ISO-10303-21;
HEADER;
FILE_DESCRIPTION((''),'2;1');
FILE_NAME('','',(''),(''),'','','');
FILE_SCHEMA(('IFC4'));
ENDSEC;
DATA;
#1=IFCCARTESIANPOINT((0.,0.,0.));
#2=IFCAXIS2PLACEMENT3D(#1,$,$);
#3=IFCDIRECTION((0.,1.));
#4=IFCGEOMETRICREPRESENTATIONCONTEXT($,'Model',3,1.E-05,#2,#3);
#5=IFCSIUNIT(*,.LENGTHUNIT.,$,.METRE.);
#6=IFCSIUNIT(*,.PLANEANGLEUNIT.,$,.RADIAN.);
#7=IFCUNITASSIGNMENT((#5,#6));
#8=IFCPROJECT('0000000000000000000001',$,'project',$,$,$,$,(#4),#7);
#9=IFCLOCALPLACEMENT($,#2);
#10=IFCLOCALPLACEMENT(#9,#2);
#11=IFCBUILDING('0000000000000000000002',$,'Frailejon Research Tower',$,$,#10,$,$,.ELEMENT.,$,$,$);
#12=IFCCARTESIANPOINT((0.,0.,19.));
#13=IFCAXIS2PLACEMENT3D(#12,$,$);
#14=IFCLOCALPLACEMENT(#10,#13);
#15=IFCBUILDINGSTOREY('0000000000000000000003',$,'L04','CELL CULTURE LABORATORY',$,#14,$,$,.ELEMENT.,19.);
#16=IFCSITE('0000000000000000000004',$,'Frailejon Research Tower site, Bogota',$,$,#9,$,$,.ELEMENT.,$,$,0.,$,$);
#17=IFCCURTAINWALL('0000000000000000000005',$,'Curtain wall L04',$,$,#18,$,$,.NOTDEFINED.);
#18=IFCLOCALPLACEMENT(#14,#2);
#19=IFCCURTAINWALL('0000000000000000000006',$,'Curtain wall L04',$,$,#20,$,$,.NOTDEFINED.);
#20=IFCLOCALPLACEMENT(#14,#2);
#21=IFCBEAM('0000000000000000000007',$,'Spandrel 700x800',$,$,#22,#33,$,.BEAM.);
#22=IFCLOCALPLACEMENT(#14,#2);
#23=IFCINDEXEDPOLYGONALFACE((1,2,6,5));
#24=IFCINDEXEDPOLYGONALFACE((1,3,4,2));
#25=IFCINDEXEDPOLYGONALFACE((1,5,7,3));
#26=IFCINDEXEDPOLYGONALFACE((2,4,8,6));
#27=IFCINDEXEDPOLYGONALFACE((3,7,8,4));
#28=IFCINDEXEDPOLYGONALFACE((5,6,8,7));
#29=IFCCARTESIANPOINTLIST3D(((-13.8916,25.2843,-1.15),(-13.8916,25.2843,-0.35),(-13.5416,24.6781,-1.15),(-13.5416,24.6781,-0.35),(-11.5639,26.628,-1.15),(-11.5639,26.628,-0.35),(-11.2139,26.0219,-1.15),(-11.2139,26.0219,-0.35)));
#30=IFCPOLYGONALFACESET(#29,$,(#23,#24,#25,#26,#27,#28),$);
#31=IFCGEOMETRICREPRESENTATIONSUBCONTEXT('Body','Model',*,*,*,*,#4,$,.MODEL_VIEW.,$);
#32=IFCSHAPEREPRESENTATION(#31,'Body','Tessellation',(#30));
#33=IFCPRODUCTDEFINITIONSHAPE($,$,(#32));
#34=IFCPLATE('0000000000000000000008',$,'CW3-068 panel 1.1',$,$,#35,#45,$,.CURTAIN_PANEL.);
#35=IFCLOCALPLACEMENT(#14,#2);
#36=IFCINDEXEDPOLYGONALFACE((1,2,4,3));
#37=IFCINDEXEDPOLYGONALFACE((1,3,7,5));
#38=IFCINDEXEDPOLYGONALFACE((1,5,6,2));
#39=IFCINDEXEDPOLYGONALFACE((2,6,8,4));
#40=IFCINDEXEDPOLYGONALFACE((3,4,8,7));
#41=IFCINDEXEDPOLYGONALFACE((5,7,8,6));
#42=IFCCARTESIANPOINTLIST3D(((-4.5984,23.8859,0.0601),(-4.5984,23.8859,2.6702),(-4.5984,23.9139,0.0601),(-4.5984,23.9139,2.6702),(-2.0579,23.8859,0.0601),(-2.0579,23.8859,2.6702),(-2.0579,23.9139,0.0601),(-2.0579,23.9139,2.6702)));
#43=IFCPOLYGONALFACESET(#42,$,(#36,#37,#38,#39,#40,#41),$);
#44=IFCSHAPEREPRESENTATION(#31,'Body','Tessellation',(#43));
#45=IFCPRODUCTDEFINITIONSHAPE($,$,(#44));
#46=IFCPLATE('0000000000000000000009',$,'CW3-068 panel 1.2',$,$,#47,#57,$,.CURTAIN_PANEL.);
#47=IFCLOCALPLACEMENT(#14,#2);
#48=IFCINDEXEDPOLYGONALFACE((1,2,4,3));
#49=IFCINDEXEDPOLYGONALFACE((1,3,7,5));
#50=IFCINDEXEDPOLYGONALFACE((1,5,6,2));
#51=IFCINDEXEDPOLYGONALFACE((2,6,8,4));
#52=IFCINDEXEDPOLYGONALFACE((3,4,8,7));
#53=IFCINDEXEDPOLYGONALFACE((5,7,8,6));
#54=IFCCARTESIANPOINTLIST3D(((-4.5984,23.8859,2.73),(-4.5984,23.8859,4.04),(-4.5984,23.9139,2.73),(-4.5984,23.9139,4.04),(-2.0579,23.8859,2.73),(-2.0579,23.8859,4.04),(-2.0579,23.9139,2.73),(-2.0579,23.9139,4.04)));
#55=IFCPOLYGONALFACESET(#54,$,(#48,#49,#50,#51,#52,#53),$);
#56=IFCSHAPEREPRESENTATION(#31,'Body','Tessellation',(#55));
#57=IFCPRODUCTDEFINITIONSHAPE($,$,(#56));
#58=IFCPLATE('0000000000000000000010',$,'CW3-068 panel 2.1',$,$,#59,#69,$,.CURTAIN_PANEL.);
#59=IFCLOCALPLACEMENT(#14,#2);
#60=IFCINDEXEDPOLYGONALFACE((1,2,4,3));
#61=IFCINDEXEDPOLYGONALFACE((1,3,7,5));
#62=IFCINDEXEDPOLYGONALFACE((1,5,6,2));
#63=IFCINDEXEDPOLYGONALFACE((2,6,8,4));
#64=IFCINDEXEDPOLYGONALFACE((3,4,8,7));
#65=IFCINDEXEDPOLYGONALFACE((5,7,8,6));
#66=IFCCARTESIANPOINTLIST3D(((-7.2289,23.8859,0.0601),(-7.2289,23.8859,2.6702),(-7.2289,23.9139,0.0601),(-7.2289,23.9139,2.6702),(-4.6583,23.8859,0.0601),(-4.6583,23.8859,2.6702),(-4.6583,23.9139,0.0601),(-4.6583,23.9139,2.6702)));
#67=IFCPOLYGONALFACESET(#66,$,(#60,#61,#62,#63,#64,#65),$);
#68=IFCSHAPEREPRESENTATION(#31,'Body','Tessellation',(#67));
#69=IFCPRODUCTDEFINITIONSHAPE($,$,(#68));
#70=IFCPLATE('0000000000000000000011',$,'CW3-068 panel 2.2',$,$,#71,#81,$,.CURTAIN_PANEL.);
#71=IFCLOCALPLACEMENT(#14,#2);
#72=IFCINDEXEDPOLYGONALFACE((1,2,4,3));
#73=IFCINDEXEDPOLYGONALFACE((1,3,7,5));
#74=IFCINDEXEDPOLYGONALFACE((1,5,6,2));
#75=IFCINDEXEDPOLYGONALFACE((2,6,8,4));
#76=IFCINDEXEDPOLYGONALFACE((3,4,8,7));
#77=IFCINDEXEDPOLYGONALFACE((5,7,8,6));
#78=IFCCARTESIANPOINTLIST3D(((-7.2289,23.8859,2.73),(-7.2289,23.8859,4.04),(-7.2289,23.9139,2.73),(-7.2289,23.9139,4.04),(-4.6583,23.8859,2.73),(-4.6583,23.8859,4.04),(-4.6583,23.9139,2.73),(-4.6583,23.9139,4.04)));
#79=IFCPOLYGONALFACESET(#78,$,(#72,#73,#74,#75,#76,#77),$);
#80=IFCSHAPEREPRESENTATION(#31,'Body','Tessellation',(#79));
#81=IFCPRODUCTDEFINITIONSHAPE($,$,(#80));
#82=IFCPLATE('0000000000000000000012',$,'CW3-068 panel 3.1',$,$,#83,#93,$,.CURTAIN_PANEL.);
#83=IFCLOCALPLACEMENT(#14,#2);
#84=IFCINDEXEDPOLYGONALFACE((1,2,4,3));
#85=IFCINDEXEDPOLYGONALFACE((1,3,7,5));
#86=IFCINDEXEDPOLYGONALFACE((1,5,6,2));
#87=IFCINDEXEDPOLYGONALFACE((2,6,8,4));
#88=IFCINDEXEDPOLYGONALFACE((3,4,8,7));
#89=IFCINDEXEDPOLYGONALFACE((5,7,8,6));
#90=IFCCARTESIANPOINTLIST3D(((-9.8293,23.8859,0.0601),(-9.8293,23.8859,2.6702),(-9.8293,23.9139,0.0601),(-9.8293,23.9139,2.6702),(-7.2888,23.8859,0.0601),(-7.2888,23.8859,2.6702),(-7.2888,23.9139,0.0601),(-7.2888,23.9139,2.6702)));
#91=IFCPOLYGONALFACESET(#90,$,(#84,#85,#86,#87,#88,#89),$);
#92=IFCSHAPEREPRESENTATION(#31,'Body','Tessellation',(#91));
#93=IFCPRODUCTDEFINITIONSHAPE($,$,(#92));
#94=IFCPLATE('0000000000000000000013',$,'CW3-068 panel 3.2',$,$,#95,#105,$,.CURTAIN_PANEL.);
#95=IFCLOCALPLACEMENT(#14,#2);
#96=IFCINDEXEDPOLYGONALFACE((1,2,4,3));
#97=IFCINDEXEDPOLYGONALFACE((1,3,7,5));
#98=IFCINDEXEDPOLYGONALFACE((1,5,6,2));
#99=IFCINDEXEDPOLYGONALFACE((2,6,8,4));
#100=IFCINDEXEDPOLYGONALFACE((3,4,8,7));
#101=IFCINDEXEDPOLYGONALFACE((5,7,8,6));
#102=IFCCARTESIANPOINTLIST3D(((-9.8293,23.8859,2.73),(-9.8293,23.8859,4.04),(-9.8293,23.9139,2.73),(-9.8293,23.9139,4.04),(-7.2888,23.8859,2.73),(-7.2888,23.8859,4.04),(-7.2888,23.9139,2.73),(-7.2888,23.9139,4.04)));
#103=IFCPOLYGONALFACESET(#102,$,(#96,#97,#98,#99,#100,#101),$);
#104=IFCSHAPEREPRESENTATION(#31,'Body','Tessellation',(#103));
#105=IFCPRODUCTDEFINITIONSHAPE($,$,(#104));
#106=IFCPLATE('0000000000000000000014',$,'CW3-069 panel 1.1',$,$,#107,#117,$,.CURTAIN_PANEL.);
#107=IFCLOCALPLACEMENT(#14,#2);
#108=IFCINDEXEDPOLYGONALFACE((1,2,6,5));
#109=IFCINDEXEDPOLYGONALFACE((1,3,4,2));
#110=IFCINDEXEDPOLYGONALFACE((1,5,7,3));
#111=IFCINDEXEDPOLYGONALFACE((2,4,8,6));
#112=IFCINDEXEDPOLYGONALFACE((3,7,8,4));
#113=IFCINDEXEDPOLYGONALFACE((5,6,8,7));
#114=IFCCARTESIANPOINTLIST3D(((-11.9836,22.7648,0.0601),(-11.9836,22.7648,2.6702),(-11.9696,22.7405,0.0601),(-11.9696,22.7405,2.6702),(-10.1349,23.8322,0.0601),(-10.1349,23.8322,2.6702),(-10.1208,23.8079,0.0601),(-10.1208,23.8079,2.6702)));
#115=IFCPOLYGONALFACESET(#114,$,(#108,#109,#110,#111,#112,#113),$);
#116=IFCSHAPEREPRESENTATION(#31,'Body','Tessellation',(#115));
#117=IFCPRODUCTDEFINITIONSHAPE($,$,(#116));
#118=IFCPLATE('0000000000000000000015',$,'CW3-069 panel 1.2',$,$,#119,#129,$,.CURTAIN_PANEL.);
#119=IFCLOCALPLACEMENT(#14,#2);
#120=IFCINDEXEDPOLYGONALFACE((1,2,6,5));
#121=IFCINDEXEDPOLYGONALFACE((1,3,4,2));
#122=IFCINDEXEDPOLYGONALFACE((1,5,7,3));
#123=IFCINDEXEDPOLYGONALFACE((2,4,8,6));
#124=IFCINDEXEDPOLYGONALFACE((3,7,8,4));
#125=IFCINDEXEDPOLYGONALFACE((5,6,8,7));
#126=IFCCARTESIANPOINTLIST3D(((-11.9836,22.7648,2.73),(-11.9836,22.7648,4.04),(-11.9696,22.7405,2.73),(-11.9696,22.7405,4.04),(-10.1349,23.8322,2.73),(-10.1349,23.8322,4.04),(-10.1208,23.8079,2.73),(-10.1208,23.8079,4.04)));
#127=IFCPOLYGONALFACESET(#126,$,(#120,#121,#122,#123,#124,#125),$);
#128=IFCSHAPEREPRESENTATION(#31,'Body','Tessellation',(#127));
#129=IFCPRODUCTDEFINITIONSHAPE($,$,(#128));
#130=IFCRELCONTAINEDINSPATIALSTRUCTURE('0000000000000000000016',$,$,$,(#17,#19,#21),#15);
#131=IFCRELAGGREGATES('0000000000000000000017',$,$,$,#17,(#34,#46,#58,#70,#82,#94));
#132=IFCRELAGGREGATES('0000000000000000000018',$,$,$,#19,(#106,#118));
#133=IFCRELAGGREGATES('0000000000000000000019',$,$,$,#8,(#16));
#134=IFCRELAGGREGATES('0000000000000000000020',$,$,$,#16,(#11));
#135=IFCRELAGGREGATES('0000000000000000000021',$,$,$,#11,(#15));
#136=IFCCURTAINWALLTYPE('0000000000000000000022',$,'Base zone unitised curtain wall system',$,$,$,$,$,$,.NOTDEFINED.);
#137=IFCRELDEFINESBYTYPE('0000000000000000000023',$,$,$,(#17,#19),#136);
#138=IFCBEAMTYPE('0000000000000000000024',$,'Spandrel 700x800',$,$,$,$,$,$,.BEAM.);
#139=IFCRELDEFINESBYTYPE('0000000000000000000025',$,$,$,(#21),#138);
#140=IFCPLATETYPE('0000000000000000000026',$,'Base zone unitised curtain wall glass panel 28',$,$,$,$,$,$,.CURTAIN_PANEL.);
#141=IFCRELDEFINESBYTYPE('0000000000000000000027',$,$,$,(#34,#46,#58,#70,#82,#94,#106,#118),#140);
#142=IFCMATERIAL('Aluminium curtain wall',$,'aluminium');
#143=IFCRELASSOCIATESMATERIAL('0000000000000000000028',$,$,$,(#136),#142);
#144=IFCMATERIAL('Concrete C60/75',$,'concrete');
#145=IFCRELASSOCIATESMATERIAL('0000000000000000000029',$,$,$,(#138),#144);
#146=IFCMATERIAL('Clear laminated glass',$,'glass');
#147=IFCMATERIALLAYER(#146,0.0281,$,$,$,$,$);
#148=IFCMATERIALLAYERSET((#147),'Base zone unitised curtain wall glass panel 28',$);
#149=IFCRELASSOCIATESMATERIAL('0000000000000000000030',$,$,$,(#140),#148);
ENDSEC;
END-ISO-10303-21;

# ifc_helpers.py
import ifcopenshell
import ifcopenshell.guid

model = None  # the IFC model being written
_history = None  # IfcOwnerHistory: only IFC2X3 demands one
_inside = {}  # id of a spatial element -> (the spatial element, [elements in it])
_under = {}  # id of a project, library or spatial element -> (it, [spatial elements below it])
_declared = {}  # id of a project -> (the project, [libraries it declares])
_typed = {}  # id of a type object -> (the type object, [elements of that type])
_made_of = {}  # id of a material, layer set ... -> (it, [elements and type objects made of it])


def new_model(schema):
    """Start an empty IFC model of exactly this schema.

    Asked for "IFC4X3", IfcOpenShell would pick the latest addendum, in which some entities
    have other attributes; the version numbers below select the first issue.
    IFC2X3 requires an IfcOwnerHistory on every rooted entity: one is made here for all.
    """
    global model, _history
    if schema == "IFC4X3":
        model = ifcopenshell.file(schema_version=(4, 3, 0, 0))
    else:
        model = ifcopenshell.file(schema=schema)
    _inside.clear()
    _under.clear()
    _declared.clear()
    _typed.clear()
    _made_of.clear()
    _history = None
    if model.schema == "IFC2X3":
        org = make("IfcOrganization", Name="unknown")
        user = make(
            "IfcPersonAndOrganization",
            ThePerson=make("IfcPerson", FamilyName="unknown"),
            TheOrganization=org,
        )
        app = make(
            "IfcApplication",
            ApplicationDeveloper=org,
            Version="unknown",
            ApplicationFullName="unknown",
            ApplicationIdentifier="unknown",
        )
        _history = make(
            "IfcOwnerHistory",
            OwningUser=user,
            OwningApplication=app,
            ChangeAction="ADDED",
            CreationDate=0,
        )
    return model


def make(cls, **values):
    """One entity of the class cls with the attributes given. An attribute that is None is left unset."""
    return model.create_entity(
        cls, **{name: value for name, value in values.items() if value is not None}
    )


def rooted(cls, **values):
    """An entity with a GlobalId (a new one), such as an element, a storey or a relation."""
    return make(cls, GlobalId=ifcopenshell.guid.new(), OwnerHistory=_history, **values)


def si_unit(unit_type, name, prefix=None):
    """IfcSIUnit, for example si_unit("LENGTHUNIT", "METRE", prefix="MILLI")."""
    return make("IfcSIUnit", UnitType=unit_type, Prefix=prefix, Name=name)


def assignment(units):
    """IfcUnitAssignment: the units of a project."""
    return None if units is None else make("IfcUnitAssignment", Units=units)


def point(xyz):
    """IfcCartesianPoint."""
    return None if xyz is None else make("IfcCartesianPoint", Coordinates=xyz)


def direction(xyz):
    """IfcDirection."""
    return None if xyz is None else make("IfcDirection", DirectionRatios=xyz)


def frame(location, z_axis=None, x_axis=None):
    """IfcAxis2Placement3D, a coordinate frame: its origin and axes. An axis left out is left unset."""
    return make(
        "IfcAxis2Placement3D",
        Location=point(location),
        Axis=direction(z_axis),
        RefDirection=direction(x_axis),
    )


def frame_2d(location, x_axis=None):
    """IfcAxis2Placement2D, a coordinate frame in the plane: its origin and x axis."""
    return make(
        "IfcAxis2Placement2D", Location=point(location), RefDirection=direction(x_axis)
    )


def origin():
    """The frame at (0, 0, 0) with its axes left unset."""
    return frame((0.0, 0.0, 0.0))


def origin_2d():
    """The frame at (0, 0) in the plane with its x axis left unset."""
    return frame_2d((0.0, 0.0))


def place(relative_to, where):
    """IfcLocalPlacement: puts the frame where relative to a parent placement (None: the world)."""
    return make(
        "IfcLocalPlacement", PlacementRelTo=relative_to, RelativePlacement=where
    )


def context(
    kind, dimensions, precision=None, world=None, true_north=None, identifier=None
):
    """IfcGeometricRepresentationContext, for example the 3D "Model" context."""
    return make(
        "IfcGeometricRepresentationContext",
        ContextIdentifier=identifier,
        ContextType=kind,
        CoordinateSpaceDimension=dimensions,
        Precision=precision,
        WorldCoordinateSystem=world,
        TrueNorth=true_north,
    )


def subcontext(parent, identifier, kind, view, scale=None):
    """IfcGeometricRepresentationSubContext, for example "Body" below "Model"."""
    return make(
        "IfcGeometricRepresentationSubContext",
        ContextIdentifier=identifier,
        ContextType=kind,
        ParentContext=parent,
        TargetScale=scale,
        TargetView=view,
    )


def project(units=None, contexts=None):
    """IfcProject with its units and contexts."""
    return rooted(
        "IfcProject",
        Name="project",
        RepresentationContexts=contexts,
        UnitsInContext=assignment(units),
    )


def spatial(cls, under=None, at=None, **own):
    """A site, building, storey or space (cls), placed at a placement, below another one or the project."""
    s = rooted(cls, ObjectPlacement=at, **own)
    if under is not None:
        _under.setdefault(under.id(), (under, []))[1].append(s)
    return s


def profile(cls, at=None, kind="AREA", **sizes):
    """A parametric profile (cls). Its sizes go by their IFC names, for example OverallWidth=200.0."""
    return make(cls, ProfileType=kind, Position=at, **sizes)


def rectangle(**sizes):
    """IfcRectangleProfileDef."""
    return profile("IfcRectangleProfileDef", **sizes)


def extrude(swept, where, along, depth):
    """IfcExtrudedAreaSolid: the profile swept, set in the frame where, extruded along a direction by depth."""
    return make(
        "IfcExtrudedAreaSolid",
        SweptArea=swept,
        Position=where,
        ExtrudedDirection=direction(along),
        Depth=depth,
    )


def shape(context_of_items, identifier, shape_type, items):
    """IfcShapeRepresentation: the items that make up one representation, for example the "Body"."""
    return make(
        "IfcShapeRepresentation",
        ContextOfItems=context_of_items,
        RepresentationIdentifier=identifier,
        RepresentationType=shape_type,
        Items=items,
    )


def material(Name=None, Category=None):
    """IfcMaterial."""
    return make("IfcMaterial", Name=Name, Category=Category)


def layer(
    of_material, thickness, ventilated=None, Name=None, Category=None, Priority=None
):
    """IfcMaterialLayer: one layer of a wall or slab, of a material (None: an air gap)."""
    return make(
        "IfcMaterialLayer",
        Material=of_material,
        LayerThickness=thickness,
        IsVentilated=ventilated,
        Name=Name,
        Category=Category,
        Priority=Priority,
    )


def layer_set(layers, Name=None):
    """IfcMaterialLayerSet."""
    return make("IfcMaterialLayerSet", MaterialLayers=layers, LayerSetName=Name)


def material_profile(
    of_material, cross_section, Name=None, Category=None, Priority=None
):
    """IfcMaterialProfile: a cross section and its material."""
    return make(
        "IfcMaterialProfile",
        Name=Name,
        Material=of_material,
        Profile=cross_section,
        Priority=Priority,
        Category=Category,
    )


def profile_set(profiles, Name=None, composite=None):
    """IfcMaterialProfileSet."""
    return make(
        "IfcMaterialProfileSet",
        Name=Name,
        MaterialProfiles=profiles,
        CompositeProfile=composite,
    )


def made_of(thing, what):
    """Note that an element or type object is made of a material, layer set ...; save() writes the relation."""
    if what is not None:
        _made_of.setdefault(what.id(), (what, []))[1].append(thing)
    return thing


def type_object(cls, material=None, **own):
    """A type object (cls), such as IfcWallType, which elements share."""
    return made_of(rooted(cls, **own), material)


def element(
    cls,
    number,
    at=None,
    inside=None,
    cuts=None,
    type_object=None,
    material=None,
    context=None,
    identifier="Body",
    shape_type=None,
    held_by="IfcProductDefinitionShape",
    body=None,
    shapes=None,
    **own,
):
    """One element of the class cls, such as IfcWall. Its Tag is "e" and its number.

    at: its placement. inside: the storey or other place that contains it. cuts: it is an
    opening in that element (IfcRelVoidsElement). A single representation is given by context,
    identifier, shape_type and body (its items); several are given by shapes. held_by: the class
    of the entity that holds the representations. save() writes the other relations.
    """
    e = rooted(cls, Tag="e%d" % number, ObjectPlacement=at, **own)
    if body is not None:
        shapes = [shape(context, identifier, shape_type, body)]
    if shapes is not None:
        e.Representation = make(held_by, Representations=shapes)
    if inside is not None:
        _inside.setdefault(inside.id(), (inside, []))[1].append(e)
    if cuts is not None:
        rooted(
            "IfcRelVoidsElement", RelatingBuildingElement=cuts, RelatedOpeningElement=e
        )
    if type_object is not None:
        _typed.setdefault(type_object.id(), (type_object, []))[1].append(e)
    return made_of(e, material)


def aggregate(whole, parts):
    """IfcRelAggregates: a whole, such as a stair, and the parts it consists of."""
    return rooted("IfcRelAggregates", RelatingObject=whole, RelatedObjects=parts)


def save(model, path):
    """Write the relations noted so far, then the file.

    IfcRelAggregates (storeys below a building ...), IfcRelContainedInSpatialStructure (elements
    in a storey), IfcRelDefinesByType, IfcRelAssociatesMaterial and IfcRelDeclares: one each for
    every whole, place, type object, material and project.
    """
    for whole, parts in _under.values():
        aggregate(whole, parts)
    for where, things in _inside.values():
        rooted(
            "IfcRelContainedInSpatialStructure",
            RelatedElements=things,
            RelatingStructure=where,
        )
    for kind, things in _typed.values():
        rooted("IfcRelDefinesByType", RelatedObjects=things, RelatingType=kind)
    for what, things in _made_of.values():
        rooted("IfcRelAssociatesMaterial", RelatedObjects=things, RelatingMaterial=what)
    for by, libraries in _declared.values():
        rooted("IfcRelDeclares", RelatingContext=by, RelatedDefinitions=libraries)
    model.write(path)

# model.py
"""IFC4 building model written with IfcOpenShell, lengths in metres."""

from ifc_helpers import new_model, si_unit, direction, frame, origin, origin_2d, place, context, subcontext, project, spatial, rectangle, extrude, material, layer, layer_set, material_profile, profile_set, type_object, element, aggregate, save


model = new_model("IFC4")

# Units and contexts
model_context = context("Model", 3, precision=1e-05, world=origin(), true_north=direction((0.0, 1.0)))
body_context = subcontext(model_context, "Body", "Model", "MODEL_VIEW")
ifc_project = project(units=[si_unit("LENGTHUNIT", "METRE"), si_unit("PLANEANGLEUNIT", "RADIAN")], contexts=[model_context])

# Site, building, storey
site_placement = place(None, origin())
site = spatial("IfcSite", under=ifc_project, at=site_placement, Name="Frailejon Research Tower site, Bogota", CompositionType="ELEMENT", RefElevation=0.0)
building_placement = place(site_placement, origin())
building = spatial("IfcBuilding", under=site, at=building_placement, Name="Frailejon Research Tower", CompositionType="ELEMENT")
storey_placement = place(building_placement, frame((0.0, 0.0, 19.0)))
storey = spatial("IfcBuildingStorey", under=building, at=storey_placement, Name="L04", Description="CELL CULTURE LABORATORY", CompositionType="ELEMENT", Elevation=19.0)

# Curtain walls
ifc_material_1 = material(Name="Aluminium curtain wall", Category="aluminium")
curtain_wall_type = type_object("IfcCurtainWallType", Name="Base zone unitised curtain wall system", PredefinedType="NOTDEFINED", material=ifc_material_1)
curtain_wall_1_placement = place(storey_placement, origin())
curtain_wall_1 = element("IfcCurtainWall", 1, at=curtain_wall_1_placement, inside=storey, type_object=curtain_wall_type, Name="Curtain wall L04", PredefinedType="NOTDEFINED")
curtain_wall_2_placement = place(storey_placement, origin())
curtain_wall_2 = element("IfcCurtainWall", 2, at=curtain_wall_2_placement, inside=storey, type_object=curtain_wall_type, Name="Curtain wall L04", PredefinedType="NOTDEFINED")

# Beam
ifc_material_2 = material(Name="Concrete C60/75", Category="concrete")
ifc_material_profile_1 = material_profile(ifc_material_2, rectangle(XDim=0.7, YDim=0.8, at=origin_2d()), Name="Spandrel 700x800")
ifc_profile_set_1 = profile_set([ifc_material_profile_1], Name="Concrete C60/75")
beam_type_1 = type_object("IfcBeamType", Name="Spandrel 700x800", PredefinedType="BEAM", material=ifc_profile_set_1)
beam_1_placement = place(storey_placement, frame((-11.3889, 26.325, -0.75), z_axis=(-0.866043, -0.499969, 0.0), x_axis=(0.499969, -0.866043, 0.0)))
element("IfcBeam", 3, at=beam_1_placement, inside=storey, type_object=beam_type_1, Name="Spandrel 700x800", PredefinedType="BEAM", context=body_context, shape_type="SweptSolid", body=[
    extrude(rectangle(XDim=0.7, YDim=0.8, at=origin_2d()), origin(), (0.0, 0.0, 1.0), 2.6877),
])

# Plates
ifc_material_3 = material(Name="Clear laminated glass", Category="glass")
ifc_layer = layer(ifc_material_3, 0.0281)
ifc_layer_set = layer_set([ifc_layer], Name="Base zone unitised curtain wall glass panel 28")
plate_type = type_object("IfcPlateType", Name="Base zone unitised curtain wall glass panel 28", PredefinedType="CURTAIN_PANEL", material=ifc_layer_set)
plate_1_placement = place(storey_placement, frame((-3.3281, 23.8999, 0.0601), z_axis=(0.0, 0.0, 1.0), x_axis=(-1.0, 0.0, 0.0)))
plate_1 = element("IfcPlate", 4, at=plate_1_placement, type_object=plate_type, Name="CW3-068 panel 1.1", PredefinedType="CURTAIN_PANEL", context=body_context, shape_type="SweptSolid", body=[
    extrude(rectangle(XDim=2.5405, YDim=0.0281, at=origin_2d()), origin(), (0.0, 0.0, 1.0), 2.6101),
])
plate_2_placement = place(storey_placement, frame((-3.3281, 23.8999, 2.73), z_axis=(0.0, 0.0, 1.0), x_axis=(-1.0, 0.0, 0.0)))
plate_2 = element("IfcPlate", 5, at=plate_2_placement, type_object=plate_type, Name="CW3-068 panel 1.2", PredefinedType="CURTAIN_PANEL", context=body_context, shape_type="SweptSolid", body=[
    extrude(rectangle(XDim=2.5405, YDim=0.0281, at=origin_2d()), origin(), (0.0, 0.0, 1.0), 1.3101),
])
plate_3_placement = place(storey_placement, frame((-5.9436, 23.8999, 0.0601), z_axis=(0.0, 0.0, 1.0), x_axis=(-1.0, 0.0, 0.0)))
plate_3 = element("IfcPlate", 6, at=plate_3_placement, type_object=plate_type, Name="CW3-068 panel 2.1", PredefinedType="CURTAIN_PANEL", context=body_context, shape_type="SweptSolid", body=[
    extrude(rectangle(XDim=2.5706, YDim=0.0281, at=origin_2d()), origin(), (0.0, 0.0, 1.0), 2.6101),
])
plate_4_placement = place(storey_placement, frame((-5.9436, 23.8999, 2.73), z_axis=(0.0, 0.0, 1.0), x_axis=(-1.0, 0.0, 0.0)))
plate_4 = element("IfcPlate", 7, at=plate_4_placement, type_object=plate_type, Name="CW3-068 panel 2.2", PredefinedType="CURTAIN_PANEL", context=body_context, shape_type="SweptSolid", body=[
    extrude(rectangle(XDim=2.5706, YDim=0.0281, at=origin_2d()), origin(), (0.0, 0.0, 1.0), 1.3101),
])
plate_5_placement = place(storey_placement, frame((-8.5591, 23.8999, 0.0601), z_axis=(0.0, 0.0, 1.0), x_axis=(-1.0, 0.0, 0.0)))
plate_5 = element("IfcPlate", 8, at=plate_5_placement, type_object=plate_type, Name="CW3-068 panel 3.1", PredefinedType="CURTAIN_PANEL", context=body_context, shape_type="SweptSolid", body=[
    extrude(rectangle(XDim=2.5405, YDim=0.0281, at=origin_2d()), origin(), (0.0, 0.0, 1.0), 2.6101),
])
plate_6_placement = place(storey_placement, frame((-8.5591, 23.8999, 2.73), z_axis=(0.0, 0.0, 1.0), x_axis=(-1.0, 0.0, 0.0)))
plate_6 = element("IfcPlate", 9, at=plate_6_placement, type_object=plate_type, Name="CW3-068 panel 3.2", PredefinedType="CURTAIN_PANEL", context=body_context, shape_type="SweptSolid", body=[
    extrude(rectangle(XDim=2.5405, YDim=0.0281, at=origin_2d()), origin(), (0.0, 0.0, 1.0), 1.3101),
])
aggregate(curtain_wall_1, [plate_1, plate_2, plate_3, plate_4, plate_5, plate_6])
plate_7_placement = place(storey_placement, frame((-11.0522, 23.2864, 0.0601), z_axis=(0.0, 0.0, 1.0), x_axis=(-0.866026, -0.499998, 0.0)))
plate_7 = element("IfcPlate", 10, at=plate_7_placement, type_object=plate_type, Name="CW3-069 panel 1.1", PredefinedType="CURTAIN_PANEL", context=body_context, shape_type="SweptSolid", body=[
    extrude(rectangle(XDim=2.1348, YDim=0.0281, at=origin_2d()), origin(), (0.0, 0.0, 1.0), 2.6101),
])
plate_8_placement = place(storey_placement, frame((-11.0522, 23.2864, 2.73), z_axis=(0.0, 0.0, 1.0), x_axis=(-0.866026, -0.499998, 0.0)))
plate_8 = element("IfcPlate", 11, at=plate_8_placement, type_object=plate_type, Name="CW3-069 panel 1.2", PredefinedType="CURTAIN_PANEL", context=body_context, shape_type="SweptSolid", body=[
    extrude(rectangle(XDim=2.1348, YDim=0.0281, at=origin_2d()), origin(), (0.0, 0.0, 1.0), 1.3101),
])
aggregate(curtain_wall_2, [plate_7, plate_8])

save(model, "model.ifc")
